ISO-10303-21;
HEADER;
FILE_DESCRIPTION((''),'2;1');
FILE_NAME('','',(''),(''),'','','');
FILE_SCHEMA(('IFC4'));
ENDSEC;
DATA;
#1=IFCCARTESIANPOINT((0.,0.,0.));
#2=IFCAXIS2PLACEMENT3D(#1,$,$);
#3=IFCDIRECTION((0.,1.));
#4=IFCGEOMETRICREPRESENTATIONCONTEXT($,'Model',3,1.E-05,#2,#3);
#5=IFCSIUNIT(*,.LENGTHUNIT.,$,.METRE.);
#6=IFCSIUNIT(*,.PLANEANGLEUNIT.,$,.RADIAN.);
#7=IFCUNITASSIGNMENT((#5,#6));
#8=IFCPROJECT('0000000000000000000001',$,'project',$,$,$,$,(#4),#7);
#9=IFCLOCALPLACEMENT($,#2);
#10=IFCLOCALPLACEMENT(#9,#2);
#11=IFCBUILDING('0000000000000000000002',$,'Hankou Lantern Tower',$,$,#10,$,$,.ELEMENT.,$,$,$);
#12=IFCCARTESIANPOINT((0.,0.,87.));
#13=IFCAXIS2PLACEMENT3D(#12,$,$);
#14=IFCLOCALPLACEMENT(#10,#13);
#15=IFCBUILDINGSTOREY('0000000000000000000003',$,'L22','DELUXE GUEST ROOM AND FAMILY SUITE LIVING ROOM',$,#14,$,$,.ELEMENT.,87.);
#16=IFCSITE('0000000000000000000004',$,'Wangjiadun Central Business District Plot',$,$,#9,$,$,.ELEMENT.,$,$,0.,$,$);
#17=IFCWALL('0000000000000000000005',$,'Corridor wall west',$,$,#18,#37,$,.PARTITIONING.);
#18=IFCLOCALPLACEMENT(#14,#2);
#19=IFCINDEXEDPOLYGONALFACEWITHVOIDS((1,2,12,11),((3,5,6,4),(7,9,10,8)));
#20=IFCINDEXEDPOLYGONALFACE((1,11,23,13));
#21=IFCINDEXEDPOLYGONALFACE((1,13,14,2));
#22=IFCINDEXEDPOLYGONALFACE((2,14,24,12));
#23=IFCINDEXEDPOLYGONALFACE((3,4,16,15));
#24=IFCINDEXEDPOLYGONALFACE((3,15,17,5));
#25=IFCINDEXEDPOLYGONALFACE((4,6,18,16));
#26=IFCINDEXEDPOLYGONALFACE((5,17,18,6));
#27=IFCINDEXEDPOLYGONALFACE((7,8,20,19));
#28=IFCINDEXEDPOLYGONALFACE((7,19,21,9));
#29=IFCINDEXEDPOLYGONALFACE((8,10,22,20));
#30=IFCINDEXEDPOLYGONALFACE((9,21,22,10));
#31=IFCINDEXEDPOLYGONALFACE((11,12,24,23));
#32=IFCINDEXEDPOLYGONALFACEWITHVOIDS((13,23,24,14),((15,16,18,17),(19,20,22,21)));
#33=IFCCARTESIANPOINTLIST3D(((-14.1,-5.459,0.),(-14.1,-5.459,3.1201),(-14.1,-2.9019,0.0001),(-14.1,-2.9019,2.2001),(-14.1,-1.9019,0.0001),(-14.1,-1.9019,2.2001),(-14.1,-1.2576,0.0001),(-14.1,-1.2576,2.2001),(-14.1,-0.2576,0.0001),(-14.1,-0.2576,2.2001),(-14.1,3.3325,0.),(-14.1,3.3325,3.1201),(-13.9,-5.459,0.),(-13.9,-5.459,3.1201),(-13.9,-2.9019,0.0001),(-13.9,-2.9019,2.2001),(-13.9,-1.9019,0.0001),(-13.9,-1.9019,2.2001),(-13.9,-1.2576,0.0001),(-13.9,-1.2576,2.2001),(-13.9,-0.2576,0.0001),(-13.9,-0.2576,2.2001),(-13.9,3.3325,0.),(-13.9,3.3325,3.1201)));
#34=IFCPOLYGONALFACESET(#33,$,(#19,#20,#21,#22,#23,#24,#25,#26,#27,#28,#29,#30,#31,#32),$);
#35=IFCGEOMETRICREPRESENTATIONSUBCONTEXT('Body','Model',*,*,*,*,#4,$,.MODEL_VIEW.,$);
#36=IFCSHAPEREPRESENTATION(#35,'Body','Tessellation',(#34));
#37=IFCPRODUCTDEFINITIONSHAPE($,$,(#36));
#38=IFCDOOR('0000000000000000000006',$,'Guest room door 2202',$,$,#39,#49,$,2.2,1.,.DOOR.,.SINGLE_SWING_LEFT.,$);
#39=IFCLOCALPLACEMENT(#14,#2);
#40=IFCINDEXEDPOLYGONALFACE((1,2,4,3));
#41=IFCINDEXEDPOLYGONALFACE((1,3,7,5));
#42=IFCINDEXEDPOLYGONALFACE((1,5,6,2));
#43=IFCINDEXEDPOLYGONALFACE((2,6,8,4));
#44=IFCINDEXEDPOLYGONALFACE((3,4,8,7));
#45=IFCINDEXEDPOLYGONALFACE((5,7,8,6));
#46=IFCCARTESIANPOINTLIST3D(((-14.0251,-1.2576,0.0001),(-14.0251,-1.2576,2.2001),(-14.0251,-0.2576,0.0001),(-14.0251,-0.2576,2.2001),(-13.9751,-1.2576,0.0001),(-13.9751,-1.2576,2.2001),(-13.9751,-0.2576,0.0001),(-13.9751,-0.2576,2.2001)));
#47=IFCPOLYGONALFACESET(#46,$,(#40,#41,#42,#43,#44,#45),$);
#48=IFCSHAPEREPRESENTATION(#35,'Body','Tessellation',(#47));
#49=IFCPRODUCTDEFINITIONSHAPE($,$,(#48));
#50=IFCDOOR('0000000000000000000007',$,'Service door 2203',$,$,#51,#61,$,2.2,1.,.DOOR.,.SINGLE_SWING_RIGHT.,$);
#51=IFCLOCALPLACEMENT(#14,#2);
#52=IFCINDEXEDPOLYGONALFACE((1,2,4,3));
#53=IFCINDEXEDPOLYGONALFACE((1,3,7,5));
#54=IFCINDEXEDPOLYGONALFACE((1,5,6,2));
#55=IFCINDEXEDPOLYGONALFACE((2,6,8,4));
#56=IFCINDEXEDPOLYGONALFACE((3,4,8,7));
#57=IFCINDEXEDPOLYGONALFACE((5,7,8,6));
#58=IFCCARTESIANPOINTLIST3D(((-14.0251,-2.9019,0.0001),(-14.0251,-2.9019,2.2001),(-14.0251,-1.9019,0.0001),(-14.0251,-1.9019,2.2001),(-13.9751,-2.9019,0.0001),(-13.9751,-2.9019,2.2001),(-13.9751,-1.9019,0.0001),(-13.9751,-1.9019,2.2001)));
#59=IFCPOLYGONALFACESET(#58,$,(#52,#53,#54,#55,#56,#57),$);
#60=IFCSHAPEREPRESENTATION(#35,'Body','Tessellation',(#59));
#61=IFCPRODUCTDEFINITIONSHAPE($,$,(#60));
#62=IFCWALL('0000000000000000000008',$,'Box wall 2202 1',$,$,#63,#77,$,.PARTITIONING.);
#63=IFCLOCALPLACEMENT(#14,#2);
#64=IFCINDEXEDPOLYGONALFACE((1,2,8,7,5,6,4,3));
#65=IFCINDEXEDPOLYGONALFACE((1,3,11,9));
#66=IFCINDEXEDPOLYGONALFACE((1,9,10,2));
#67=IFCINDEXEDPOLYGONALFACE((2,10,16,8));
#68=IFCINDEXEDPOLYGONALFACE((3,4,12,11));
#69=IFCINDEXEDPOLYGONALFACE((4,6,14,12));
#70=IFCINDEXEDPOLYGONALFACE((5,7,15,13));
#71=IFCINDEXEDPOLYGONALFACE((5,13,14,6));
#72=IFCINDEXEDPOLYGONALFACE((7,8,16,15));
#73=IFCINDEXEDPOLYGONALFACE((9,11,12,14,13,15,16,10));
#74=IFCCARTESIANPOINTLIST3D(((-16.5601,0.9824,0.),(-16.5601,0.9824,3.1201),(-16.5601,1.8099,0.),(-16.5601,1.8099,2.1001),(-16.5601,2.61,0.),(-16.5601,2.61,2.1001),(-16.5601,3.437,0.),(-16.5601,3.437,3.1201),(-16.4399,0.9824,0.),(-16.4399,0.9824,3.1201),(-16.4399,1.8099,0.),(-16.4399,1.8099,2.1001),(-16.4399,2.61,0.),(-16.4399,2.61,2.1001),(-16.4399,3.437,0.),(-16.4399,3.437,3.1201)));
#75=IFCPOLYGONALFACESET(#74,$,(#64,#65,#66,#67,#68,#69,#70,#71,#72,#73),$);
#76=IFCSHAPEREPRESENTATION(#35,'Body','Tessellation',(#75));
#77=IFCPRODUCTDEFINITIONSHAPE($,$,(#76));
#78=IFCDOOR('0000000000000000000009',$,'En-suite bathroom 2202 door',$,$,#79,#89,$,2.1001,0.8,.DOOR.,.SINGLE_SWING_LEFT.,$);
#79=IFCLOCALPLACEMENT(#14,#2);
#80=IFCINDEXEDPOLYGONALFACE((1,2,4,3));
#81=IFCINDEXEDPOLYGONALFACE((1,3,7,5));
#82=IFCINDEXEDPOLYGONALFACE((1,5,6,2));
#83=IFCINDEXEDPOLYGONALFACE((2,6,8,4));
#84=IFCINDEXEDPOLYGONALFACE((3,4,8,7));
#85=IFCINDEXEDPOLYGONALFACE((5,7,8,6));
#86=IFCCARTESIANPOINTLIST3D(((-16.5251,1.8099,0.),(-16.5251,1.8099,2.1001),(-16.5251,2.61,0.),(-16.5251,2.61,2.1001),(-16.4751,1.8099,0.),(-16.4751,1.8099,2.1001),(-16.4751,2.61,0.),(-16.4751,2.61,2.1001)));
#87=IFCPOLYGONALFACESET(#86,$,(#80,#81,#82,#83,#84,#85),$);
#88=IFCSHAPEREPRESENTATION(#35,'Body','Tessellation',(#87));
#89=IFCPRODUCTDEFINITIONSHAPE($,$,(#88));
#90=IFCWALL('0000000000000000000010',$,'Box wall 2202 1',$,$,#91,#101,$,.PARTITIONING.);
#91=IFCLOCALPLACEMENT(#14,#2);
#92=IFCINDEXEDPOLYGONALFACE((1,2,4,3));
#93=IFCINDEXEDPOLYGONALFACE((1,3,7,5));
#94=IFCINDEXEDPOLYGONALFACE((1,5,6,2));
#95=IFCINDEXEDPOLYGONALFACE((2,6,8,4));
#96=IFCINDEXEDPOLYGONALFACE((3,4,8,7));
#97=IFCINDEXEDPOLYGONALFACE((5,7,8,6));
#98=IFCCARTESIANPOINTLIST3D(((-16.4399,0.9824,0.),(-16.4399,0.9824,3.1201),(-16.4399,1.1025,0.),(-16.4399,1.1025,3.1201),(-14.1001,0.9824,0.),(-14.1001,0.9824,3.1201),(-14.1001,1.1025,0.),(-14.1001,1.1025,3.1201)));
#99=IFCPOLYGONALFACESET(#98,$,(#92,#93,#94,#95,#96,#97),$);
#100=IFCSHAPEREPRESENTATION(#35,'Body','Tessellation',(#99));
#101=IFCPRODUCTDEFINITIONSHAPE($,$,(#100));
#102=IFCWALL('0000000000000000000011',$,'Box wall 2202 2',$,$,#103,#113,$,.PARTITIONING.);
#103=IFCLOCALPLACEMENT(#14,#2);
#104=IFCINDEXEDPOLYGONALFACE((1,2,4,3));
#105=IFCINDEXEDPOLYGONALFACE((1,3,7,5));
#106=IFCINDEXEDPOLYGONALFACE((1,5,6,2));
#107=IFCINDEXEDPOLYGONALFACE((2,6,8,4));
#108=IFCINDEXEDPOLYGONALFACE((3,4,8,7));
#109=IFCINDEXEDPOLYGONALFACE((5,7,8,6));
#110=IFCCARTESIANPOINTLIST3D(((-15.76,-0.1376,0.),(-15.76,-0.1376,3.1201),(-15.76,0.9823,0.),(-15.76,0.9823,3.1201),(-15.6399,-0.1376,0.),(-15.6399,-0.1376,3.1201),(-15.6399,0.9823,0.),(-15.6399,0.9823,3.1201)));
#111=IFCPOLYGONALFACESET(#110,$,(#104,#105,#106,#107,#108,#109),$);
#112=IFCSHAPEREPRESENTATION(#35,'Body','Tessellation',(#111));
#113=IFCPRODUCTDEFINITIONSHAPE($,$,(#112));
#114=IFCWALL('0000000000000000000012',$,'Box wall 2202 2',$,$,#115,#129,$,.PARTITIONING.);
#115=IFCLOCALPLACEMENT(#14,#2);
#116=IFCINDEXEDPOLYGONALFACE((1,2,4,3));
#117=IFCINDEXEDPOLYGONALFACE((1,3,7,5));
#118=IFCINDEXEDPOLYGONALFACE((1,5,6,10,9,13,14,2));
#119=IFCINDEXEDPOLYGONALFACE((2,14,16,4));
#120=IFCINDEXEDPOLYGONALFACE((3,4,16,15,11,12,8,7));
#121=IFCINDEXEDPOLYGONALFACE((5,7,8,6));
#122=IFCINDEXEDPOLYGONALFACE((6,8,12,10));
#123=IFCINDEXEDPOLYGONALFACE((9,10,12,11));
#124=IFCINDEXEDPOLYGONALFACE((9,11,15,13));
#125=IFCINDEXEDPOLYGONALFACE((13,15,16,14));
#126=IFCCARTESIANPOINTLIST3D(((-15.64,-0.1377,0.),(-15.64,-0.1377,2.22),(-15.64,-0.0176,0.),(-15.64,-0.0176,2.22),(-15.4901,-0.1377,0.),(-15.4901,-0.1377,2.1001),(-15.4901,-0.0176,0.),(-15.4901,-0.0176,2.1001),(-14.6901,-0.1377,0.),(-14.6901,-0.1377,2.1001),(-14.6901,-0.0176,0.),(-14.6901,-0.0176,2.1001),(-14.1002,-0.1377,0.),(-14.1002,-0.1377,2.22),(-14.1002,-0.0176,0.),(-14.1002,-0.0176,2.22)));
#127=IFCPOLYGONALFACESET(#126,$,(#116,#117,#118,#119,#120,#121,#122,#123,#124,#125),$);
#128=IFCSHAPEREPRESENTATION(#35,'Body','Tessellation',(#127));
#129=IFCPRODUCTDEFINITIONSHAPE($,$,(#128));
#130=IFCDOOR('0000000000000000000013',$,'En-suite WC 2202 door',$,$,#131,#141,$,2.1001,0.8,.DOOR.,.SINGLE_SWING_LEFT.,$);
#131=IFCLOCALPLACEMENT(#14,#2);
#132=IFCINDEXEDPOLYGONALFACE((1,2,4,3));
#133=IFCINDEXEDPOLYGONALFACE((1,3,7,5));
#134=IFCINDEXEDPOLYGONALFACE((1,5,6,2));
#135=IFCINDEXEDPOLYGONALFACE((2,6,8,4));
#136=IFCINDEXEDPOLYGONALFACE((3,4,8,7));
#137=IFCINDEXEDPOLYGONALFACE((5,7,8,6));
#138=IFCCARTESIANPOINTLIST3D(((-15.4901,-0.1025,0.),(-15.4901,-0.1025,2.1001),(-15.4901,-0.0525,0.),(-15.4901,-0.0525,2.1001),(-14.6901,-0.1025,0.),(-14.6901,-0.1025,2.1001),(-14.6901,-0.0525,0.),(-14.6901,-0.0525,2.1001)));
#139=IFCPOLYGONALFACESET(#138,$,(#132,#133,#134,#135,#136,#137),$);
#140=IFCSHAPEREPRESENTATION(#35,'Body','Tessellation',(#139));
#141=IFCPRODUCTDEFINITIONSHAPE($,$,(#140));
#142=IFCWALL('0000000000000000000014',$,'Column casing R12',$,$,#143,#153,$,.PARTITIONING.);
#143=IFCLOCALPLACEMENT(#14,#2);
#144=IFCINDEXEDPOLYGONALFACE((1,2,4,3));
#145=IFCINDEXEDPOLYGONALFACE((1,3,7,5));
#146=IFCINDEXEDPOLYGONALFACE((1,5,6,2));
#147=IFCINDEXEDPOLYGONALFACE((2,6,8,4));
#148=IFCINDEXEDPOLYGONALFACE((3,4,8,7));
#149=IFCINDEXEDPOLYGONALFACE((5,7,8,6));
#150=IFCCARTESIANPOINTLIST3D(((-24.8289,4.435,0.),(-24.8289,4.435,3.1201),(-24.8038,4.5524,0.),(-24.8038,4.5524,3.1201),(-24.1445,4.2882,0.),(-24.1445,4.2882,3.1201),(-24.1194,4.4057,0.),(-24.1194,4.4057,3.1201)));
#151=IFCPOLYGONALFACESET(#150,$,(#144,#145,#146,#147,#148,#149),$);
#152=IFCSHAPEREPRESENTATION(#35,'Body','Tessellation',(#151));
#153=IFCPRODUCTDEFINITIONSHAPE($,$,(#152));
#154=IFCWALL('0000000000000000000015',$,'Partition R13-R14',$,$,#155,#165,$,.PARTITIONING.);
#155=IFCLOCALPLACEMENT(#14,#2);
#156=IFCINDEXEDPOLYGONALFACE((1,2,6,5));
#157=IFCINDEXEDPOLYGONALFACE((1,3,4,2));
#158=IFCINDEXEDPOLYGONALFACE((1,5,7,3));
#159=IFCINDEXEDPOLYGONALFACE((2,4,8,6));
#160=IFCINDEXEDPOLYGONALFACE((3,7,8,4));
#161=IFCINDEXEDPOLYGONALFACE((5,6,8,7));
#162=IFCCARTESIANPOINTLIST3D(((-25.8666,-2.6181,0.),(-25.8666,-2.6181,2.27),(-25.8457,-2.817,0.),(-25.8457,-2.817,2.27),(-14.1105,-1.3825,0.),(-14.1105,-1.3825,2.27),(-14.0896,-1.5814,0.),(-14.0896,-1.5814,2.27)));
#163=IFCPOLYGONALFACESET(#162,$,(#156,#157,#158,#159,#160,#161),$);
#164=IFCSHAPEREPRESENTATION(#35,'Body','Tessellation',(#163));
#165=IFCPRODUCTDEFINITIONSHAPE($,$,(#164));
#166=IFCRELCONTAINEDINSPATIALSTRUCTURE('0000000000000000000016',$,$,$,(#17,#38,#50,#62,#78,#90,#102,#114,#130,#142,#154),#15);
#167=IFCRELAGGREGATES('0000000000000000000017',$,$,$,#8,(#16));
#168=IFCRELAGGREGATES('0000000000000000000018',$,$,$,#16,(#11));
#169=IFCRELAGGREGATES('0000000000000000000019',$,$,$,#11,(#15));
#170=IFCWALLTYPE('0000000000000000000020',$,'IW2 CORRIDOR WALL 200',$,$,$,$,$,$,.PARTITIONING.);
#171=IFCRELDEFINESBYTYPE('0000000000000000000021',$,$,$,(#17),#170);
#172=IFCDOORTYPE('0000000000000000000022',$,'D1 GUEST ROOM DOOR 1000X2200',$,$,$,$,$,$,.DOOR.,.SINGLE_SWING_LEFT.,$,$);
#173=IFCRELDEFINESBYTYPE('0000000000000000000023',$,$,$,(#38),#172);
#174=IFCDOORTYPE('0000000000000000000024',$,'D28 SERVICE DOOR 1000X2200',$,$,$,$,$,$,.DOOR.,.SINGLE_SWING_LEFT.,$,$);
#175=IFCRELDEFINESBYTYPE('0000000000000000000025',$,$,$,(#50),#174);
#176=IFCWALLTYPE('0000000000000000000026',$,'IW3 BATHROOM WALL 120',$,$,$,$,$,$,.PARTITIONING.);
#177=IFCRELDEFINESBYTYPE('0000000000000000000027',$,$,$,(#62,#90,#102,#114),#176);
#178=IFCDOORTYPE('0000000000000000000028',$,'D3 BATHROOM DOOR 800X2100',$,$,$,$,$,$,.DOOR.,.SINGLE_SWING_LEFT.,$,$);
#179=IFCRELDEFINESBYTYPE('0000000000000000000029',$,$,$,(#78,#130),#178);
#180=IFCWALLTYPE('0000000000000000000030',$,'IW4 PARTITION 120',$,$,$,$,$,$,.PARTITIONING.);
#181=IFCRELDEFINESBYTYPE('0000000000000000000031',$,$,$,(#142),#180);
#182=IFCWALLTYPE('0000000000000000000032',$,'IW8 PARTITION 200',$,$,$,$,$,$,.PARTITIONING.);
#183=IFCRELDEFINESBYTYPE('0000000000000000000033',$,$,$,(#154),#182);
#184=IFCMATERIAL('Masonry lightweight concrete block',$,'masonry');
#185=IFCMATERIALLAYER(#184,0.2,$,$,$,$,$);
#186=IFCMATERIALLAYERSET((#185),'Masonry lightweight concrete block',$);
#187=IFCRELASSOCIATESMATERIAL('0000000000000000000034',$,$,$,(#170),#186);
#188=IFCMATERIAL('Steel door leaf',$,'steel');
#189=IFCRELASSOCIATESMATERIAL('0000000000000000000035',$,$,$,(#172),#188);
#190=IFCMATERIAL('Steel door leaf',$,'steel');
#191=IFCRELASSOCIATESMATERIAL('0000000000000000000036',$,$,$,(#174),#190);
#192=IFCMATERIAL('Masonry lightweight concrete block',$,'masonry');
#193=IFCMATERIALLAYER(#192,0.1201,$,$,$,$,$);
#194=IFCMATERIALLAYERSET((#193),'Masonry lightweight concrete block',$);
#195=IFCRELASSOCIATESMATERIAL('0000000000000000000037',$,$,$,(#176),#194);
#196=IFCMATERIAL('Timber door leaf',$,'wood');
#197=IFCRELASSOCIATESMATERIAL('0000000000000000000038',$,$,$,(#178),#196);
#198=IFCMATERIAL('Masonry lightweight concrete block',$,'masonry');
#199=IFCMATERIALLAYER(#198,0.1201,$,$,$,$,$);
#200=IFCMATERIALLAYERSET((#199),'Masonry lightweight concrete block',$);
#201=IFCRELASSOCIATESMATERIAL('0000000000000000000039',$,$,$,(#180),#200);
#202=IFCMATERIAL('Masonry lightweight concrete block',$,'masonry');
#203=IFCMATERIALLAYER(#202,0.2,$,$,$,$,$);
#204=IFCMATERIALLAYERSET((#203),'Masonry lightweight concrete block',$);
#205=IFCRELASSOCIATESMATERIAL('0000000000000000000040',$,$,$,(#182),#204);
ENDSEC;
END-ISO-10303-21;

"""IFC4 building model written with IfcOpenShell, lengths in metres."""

from ifc_helpers import new_model, si_unit, direction, frame, frame_2d, origin, place, context, subcontext, project, spatial, rectangle, extrude, material, layer, layer_set, type_object, element, fill, save


model = new_model("IFC4")

# Units and contexts
model_context = context("Model", 3, precision=1e-05, world=origin(), true_north=direction((0.0, 1.0)))
body_context = subcontext(model_context, "Body", "Model", "MODEL_VIEW")
ifc_project = project(units=[si_unit("LENGTHUNIT", "METRE"), si_unit("PLANEANGLEUNIT", "RADIAN")], contexts=[model_context])

# Site, building, storey
site_placement = place(None, origin())
site = spatial("IfcSite", under=ifc_project, at=site_placement, Name="Wangjiadun Central Business District Plot", CompositionType="ELEMENT", RefElevation=0.0)
building_placement = place(site_placement, origin())
building = spatial("IfcBuilding", under=site, at=building_placement, Name="Hankou Lantern Tower", CompositionType="ELEMENT")
storey_placement = place(building_placement, frame((0.0, 0.0, 87.0)))
storey = spatial("IfcBuildingStorey", under=building, at=storey_placement, Name="L22", Description="DELUXE GUEST ROOM AND FAMILY SUITE LIVING ROOM", CompositionType="ELEMENT", Elevation=87.0)

# Shared definitions
ifc_material_1 = material(Name="Masonry lightweight concrete block", Category="masonry")
ifc_layer_1 = layer(ifc_material_1, 0.2)
ifc_layer_set_1 = layer_set([ifc_layer_1], Name="Masonry lightweight concrete block")
wall_type_1 = type_object("IfcWallType", Name="IW2 CORRIDOR WALL 200", PredefinedType="PARTITIONING", material=ifc_layer_set_1)

# Shared definitions
ifc_material_2 = material(Name="Steel door leaf", Category="steel")
door_type_1 = type_object("IfcDoorType", Name="D1 GUEST ROOM DOOR 1000X2200", OperationType="SINGLE_SWING_LEFT", PredefinedType="DOOR", material=ifc_material_2)

# Wall, openings, doors
wall_1_placement = place(storey_placement, frame((-14.0, 3.3325, 0.0), z_axis=(0.0, 0.0, 1.0), x_axis=(0.0, -1.0, 0.0)))
wall_1 = element("IfcWall", 1, at=wall_1_placement, inside=storey, type_object=wall_type_1, Name="Corridor wall west", PredefinedType="PARTITIONING", context=body_context, shape_type="SweptSolid", body=[
    extrude(rectangle(XDim=8.7915, YDim=0.2, at=frame_2d((4.3958, 0.0))), origin(), (0.0, 0.0, 1.0), 3.1201),
])
opening_1_placement = place(wall_1_placement, frame((3.5901, 0.0, 0.0)))
opening_1 = element("IfcOpeningElement", 2, at=opening_1_placement, cuts=wall_1, PredefinedType="OPENING", context=body_context, shape_type="SweptSolid", body=[
    extrude(rectangle(XDim=1.0, YDim=2.2, at=frame_2d((0.5, 1.1001))), frame((0.0, 0.1099, 0.0), z_axis=(0.0, -1.0, 0.0), x_axis=(1.0, 0.0, 0.0)), (0.0, 0.0, 1.0), 0.22),
])
opening_2_placement = place(wall_1_placement, frame((5.2344, 0.0, 0.0)))
opening_2 = element("IfcOpeningElement", 3, at=opening_2_placement, cuts=wall_1, PredefinedType="OPENING", context=body_context, shape_type="SweptSolid", body=[
    extrude(rectangle(XDim=1.0, YDim=2.2, at=frame_2d((0.5, 1.1001))), frame((0.0, 0.1099, 0.0), z_axis=(0.0, -1.0, 0.0), x_axis=(1.0, 0.0, 0.0)), (0.0, 0.0, 1.0), 0.22),
])
door_1_placement = place(opening_1_placement, origin())
door_1 = element("IfcDoor", 4, at=door_1_placement, inside=storey, type_object=door_type_1, Name="Guest room door 2202", OperationType="SINGLE_SWING_LEFT", OverallHeight=2.2, OverallWidth=1.0, PredefinedType="DOOR", context=body_context, shape_type="SweptSolid", body=[
    extrude(rectangle(XDim=1.0, YDim=2.2, at=frame_2d((0.5, 1.1001))), frame((0.0, 0.0249, 0.0), z_axis=(0.0, -1.0, 0.0), x_axis=(1.0, 0.0, 0.0)), (0.0, 0.0, 1.0), 0.05),
])
fill(opening_1, door_1)
ifc_material_3 = material(Name="Steel door leaf", Category="steel")
door_type_2 = type_object("IfcDoorType", Name="D28 SERVICE DOOR 1000X2200", OperationType="SINGLE_SWING_LEFT", PredefinedType="DOOR", material=ifc_material_3)
door_2_placement = place(opening_2_placement, origin())
door_2 = element("IfcDoor", 5, at=door_2_placement, inside=storey, type_object=door_type_2, Name="Service door 2203", OperationType="SINGLE_SWING_RIGHT", OverallHeight=2.2, OverallWidth=1.0, PredefinedType="DOOR", context=body_context, shape_type="SweptSolid", body=[
    extrude(rectangle(XDim=1.0, YDim=2.2, at=frame_2d((0.5, 1.1001))), frame((0.0, 0.0249, 0.0), z_axis=(0.0, -1.0, 0.0), x_axis=(1.0, 0.0, 0.0)), (0.0, 0.0, 1.0), 0.05),
])
fill(opening_2, door_2)

# Wall, opening, door
ifc_material_4 = material(Name="Masonry lightweight concrete block", Category="masonry")
ifc_layer_2 = layer(ifc_material_4, 0.1201)
ifc_layer_set_2 = layer_set([ifc_layer_2], Name="Masonry lightweight concrete block")
wall_type_2 = type_object("IfcWallType", Name="IW3 BATHROOM WALL 120", PredefinedType="PARTITIONING", material=ifc_layer_set_2)
wall_2_placement = place(storey_placement, frame((-16.5, 3.437, 0.0), z_axis=(0.0, 0.0, 1.0), x_axis=(0.0, -1.0, 0.0)))
wall_2 = element("IfcWall", 6, at=wall_2_placement, inside=storey, type_object=wall_type_2, Name="Box wall 2202 1", PredefinedType="PARTITIONING", context=body_context, shape_type="SweptSolid", body=[
    extrude(rectangle(XDim=2.4546, YDim=0.1201, at=frame_2d((1.2273, 0.0))), origin(), (0.0, 0.0, 1.0), 3.1201),
])
opening_3_placement = place(wall_2_placement, frame((0.8271, 0.0, 0.0)))
opening_3 = element("IfcOpeningElement", 7, at=opening_3_placement, cuts=wall_2, PredefinedType="OPENING", context=body_context, shape_type="SweptSolid", body=[
    extrude(rectangle(XDim=0.8, YDim=2.1001, at=frame_2d((0.3999, 1.05))), frame((0.0, 0.0701, 0.0), z_axis=(0.0, -1.0, 0.0), x_axis=(1.0, 0.0, 0.0)), (0.0, 0.0, 1.0), 0.1401),
])
ifc_material_5 = material(Name="Timber door leaf", Category="wood")
door_type_3 = type_object("IfcDoorType", Name="D3 BATHROOM DOOR 800X2100", OperationType="SINGLE_SWING_LEFT", PredefinedType="DOOR", material=ifc_material_5)
door_3_placement = place(opening_3_placement, origin())
door_3 = element("IfcDoor", 8, at=door_3_placement, inside=storey, type_object=door_type_3, Name="En-suite bathroom 2202 door", OperationType="SINGLE_SWING_LEFT", OverallHeight=2.1001, OverallWidth=0.8, PredefinedType="DOOR", context=body_context, shape_type="SweptSolid", body=[
    extrude(rectangle(XDim=0.8, YDim=2.1001, at=frame_2d((0.3999, 1.05))), frame((0.0, 0.0249, 0.0), z_axis=(0.0, -1.0, 0.0), x_axis=(1.0, 0.0, 0.0)), (0.0, 0.0, 1.0), 0.05),
])
fill(opening_3, door_3)

# Walls
wall_3_placement = place(storey_placement, frame((-14.1001, 1.0425, 0.0), z_axis=(0.0, 0.0, 1.0), x_axis=(-1.0, 0.0, 0.0)))
element("IfcWall", 9, at=wall_3_placement, inside=storey, type_object=wall_type_2, Name="Box wall 2202 1", PredefinedType="PARTITIONING", context=body_context, shape_type="SweptSolid", body=[
    extrude(rectangle(XDim=2.3398, YDim=0.1201, at=frame_2d((1.1699, 0.0))), origin(), (0.0, 0.0, 1.0), 3.1201),
])
wall_4_placement = place(storey_placement, frame((-15.7, 0.9824, 0.0), z_axis=(0.0, 0.0, 1.0), x_axis=(0.0, -1.0, 0.0)))
element("IfcWall", 10, at=wall_4_placement, inside=storey, type_object=wall_type_2, Name="Box wall 2202 2", PredefinedType="PARTITIONING", context=body_context, shape_type="SweptSolid", body=[
    extrude(rectangle(XDim=1.1199, YDim=0.1201, at=frame_2d((0.5601, 0.0))), origin(), (0.0, 0.0, 1.0), 3.1201),
])

# Wall, opening, door
wall_5_placement = place(storey_placement, frame((-14.1001, -0.0776, 0.0), z_axis=(0.0, 0.0, 1.0), x_axis=(-1.0, 0.0, 0.0)))
wall_5 = element("IfcWall", 11, at=wall_5_placement, inside=storey, type_object=wall_type_2, Name="Box wall 2202 2", PredefinedType="PARTITIONING", context=body_context, shape_type="SweptSolid", body=[
    extrude(rectangle(XDim=1.5398, YDim=0.1201, at=frame_2d((0.77, 0.0))), origin(), (0.0, 0.0, 1.0), 2.22),
])
opening_4_placement = place(wall_5_placement, frame((0.5901, 0.0, 0.0)))
opening_4 = element("IfcOpeningElement", 12, at=opening_4_placement, cuts=wall_5, PredefinedType="OPENING", context=body_context, shape_type="SweptSolid", body=[
    extrude(rectangle(XDim=0.8, YDim=2.1001, at=frame_2d((0.3999, 1.05))), frame((0.0, 0.0701, 0.0), z_axis=(0.0, -1.0, 0.0), x_axis=(1.0, 0.0, 0.0)), (0.0, 0.0, 1.0), 0.1401),
])
door_4_placement = place(opening_4_placement, origin())
door_4 = element("IfcDoor", 13, at=door_4_placement, inside=storey, type_object=door_type_3, Name="En-suite WC 2202 door", OperationType="SINGLE_SWING_LEFT", OverallHeight=2.1001, OverallWidth=0.8, PredefinedType="DOOR", context=body_context, shape_type="SweptSolid", body=[
    extrude(rectangle(XDim=0.8, YDim=2.1001, at=frame_2d((0.3999, 1.05))), frame((0.0, 0.0249, 0.0), z_axis=(0.0, -1.0, 0.0), x_axis=(1.0, 0.0, 0.0)), (0.0, 0.0, 1.0), 0.05),
])
fill(opening_4, door_4)

# Walls
ifc_material_6 = material(Name="Masonry lightweight concrete block", Category="masonry")
ifc_layer_3 = layer(ifc_material_6, 0.1201)
ifc_layer_set_3 = layer_set([ifc_layer_3], Name="Masonry lightweight concrete block")
wall_type_3 = type_object("IfcWallType", Name="IW4 PARTITION 120", PredefinedType="PARTITIONING", material=ifc_layer_set_3)
wall_6_placement = place(storey_placement, frame((-24.1318, 4.3469, 0.0), z_axis=(0.0, 0.0, 1.0), x_axis=(-0.977777, 0.209648, 0.0)))
element("IfcWall", 14, at=wall_6_placement, inside=storey, type_object=wall_type_3, Name="Column casing R12", PredefinedType="PARTITIONING", context=body_context, shape_type="SweptSolid", body=[
    extrude(rectangle(XDim=0.7, YDim=0.1201, at=frame_2d((0.3501, 0.0))), origin(), (0.0, 0.0, 1.0), 3.1201),
])
ifc_material_7 = material(Name="Masonry lightweight concrete block", Category="masonry")
ifc_layer_4 = layer(ifc_material_7, 0.2)
ifc_layer_set_4 = layer_set([ifc_layer_4], Name="Masonry lightweight concrete block")
wall_type_4 = type_object("IfcWallType", Name="IW8 PARTITION 200", PredefinedType="PARTITIONING", material=ifc_layer_set_4)
wall_7_placement = place(storey_placement, frame((-14.1001, -1.4819, 0.0), z_axis=(0.0, 0.0, 1.0), x_axis=(-0.994522, -0.104527, 0.0)))
element("IfcWall", 15, at=wall_7_placement, inside=storey, type_object=wall_type_4, Name="Partition R13-R14", PredefinedType="PARTITIONING", context=body_context, shape_type="SweptSolid", body=[
    extrude(rectangle(XDim=11.8208, YDim=0.2, at=frame_2d((5.9104, 0.0))), origin(), (0.0, 0.0, 1.0), 2.27),
])

save(model, "model.ifc")
